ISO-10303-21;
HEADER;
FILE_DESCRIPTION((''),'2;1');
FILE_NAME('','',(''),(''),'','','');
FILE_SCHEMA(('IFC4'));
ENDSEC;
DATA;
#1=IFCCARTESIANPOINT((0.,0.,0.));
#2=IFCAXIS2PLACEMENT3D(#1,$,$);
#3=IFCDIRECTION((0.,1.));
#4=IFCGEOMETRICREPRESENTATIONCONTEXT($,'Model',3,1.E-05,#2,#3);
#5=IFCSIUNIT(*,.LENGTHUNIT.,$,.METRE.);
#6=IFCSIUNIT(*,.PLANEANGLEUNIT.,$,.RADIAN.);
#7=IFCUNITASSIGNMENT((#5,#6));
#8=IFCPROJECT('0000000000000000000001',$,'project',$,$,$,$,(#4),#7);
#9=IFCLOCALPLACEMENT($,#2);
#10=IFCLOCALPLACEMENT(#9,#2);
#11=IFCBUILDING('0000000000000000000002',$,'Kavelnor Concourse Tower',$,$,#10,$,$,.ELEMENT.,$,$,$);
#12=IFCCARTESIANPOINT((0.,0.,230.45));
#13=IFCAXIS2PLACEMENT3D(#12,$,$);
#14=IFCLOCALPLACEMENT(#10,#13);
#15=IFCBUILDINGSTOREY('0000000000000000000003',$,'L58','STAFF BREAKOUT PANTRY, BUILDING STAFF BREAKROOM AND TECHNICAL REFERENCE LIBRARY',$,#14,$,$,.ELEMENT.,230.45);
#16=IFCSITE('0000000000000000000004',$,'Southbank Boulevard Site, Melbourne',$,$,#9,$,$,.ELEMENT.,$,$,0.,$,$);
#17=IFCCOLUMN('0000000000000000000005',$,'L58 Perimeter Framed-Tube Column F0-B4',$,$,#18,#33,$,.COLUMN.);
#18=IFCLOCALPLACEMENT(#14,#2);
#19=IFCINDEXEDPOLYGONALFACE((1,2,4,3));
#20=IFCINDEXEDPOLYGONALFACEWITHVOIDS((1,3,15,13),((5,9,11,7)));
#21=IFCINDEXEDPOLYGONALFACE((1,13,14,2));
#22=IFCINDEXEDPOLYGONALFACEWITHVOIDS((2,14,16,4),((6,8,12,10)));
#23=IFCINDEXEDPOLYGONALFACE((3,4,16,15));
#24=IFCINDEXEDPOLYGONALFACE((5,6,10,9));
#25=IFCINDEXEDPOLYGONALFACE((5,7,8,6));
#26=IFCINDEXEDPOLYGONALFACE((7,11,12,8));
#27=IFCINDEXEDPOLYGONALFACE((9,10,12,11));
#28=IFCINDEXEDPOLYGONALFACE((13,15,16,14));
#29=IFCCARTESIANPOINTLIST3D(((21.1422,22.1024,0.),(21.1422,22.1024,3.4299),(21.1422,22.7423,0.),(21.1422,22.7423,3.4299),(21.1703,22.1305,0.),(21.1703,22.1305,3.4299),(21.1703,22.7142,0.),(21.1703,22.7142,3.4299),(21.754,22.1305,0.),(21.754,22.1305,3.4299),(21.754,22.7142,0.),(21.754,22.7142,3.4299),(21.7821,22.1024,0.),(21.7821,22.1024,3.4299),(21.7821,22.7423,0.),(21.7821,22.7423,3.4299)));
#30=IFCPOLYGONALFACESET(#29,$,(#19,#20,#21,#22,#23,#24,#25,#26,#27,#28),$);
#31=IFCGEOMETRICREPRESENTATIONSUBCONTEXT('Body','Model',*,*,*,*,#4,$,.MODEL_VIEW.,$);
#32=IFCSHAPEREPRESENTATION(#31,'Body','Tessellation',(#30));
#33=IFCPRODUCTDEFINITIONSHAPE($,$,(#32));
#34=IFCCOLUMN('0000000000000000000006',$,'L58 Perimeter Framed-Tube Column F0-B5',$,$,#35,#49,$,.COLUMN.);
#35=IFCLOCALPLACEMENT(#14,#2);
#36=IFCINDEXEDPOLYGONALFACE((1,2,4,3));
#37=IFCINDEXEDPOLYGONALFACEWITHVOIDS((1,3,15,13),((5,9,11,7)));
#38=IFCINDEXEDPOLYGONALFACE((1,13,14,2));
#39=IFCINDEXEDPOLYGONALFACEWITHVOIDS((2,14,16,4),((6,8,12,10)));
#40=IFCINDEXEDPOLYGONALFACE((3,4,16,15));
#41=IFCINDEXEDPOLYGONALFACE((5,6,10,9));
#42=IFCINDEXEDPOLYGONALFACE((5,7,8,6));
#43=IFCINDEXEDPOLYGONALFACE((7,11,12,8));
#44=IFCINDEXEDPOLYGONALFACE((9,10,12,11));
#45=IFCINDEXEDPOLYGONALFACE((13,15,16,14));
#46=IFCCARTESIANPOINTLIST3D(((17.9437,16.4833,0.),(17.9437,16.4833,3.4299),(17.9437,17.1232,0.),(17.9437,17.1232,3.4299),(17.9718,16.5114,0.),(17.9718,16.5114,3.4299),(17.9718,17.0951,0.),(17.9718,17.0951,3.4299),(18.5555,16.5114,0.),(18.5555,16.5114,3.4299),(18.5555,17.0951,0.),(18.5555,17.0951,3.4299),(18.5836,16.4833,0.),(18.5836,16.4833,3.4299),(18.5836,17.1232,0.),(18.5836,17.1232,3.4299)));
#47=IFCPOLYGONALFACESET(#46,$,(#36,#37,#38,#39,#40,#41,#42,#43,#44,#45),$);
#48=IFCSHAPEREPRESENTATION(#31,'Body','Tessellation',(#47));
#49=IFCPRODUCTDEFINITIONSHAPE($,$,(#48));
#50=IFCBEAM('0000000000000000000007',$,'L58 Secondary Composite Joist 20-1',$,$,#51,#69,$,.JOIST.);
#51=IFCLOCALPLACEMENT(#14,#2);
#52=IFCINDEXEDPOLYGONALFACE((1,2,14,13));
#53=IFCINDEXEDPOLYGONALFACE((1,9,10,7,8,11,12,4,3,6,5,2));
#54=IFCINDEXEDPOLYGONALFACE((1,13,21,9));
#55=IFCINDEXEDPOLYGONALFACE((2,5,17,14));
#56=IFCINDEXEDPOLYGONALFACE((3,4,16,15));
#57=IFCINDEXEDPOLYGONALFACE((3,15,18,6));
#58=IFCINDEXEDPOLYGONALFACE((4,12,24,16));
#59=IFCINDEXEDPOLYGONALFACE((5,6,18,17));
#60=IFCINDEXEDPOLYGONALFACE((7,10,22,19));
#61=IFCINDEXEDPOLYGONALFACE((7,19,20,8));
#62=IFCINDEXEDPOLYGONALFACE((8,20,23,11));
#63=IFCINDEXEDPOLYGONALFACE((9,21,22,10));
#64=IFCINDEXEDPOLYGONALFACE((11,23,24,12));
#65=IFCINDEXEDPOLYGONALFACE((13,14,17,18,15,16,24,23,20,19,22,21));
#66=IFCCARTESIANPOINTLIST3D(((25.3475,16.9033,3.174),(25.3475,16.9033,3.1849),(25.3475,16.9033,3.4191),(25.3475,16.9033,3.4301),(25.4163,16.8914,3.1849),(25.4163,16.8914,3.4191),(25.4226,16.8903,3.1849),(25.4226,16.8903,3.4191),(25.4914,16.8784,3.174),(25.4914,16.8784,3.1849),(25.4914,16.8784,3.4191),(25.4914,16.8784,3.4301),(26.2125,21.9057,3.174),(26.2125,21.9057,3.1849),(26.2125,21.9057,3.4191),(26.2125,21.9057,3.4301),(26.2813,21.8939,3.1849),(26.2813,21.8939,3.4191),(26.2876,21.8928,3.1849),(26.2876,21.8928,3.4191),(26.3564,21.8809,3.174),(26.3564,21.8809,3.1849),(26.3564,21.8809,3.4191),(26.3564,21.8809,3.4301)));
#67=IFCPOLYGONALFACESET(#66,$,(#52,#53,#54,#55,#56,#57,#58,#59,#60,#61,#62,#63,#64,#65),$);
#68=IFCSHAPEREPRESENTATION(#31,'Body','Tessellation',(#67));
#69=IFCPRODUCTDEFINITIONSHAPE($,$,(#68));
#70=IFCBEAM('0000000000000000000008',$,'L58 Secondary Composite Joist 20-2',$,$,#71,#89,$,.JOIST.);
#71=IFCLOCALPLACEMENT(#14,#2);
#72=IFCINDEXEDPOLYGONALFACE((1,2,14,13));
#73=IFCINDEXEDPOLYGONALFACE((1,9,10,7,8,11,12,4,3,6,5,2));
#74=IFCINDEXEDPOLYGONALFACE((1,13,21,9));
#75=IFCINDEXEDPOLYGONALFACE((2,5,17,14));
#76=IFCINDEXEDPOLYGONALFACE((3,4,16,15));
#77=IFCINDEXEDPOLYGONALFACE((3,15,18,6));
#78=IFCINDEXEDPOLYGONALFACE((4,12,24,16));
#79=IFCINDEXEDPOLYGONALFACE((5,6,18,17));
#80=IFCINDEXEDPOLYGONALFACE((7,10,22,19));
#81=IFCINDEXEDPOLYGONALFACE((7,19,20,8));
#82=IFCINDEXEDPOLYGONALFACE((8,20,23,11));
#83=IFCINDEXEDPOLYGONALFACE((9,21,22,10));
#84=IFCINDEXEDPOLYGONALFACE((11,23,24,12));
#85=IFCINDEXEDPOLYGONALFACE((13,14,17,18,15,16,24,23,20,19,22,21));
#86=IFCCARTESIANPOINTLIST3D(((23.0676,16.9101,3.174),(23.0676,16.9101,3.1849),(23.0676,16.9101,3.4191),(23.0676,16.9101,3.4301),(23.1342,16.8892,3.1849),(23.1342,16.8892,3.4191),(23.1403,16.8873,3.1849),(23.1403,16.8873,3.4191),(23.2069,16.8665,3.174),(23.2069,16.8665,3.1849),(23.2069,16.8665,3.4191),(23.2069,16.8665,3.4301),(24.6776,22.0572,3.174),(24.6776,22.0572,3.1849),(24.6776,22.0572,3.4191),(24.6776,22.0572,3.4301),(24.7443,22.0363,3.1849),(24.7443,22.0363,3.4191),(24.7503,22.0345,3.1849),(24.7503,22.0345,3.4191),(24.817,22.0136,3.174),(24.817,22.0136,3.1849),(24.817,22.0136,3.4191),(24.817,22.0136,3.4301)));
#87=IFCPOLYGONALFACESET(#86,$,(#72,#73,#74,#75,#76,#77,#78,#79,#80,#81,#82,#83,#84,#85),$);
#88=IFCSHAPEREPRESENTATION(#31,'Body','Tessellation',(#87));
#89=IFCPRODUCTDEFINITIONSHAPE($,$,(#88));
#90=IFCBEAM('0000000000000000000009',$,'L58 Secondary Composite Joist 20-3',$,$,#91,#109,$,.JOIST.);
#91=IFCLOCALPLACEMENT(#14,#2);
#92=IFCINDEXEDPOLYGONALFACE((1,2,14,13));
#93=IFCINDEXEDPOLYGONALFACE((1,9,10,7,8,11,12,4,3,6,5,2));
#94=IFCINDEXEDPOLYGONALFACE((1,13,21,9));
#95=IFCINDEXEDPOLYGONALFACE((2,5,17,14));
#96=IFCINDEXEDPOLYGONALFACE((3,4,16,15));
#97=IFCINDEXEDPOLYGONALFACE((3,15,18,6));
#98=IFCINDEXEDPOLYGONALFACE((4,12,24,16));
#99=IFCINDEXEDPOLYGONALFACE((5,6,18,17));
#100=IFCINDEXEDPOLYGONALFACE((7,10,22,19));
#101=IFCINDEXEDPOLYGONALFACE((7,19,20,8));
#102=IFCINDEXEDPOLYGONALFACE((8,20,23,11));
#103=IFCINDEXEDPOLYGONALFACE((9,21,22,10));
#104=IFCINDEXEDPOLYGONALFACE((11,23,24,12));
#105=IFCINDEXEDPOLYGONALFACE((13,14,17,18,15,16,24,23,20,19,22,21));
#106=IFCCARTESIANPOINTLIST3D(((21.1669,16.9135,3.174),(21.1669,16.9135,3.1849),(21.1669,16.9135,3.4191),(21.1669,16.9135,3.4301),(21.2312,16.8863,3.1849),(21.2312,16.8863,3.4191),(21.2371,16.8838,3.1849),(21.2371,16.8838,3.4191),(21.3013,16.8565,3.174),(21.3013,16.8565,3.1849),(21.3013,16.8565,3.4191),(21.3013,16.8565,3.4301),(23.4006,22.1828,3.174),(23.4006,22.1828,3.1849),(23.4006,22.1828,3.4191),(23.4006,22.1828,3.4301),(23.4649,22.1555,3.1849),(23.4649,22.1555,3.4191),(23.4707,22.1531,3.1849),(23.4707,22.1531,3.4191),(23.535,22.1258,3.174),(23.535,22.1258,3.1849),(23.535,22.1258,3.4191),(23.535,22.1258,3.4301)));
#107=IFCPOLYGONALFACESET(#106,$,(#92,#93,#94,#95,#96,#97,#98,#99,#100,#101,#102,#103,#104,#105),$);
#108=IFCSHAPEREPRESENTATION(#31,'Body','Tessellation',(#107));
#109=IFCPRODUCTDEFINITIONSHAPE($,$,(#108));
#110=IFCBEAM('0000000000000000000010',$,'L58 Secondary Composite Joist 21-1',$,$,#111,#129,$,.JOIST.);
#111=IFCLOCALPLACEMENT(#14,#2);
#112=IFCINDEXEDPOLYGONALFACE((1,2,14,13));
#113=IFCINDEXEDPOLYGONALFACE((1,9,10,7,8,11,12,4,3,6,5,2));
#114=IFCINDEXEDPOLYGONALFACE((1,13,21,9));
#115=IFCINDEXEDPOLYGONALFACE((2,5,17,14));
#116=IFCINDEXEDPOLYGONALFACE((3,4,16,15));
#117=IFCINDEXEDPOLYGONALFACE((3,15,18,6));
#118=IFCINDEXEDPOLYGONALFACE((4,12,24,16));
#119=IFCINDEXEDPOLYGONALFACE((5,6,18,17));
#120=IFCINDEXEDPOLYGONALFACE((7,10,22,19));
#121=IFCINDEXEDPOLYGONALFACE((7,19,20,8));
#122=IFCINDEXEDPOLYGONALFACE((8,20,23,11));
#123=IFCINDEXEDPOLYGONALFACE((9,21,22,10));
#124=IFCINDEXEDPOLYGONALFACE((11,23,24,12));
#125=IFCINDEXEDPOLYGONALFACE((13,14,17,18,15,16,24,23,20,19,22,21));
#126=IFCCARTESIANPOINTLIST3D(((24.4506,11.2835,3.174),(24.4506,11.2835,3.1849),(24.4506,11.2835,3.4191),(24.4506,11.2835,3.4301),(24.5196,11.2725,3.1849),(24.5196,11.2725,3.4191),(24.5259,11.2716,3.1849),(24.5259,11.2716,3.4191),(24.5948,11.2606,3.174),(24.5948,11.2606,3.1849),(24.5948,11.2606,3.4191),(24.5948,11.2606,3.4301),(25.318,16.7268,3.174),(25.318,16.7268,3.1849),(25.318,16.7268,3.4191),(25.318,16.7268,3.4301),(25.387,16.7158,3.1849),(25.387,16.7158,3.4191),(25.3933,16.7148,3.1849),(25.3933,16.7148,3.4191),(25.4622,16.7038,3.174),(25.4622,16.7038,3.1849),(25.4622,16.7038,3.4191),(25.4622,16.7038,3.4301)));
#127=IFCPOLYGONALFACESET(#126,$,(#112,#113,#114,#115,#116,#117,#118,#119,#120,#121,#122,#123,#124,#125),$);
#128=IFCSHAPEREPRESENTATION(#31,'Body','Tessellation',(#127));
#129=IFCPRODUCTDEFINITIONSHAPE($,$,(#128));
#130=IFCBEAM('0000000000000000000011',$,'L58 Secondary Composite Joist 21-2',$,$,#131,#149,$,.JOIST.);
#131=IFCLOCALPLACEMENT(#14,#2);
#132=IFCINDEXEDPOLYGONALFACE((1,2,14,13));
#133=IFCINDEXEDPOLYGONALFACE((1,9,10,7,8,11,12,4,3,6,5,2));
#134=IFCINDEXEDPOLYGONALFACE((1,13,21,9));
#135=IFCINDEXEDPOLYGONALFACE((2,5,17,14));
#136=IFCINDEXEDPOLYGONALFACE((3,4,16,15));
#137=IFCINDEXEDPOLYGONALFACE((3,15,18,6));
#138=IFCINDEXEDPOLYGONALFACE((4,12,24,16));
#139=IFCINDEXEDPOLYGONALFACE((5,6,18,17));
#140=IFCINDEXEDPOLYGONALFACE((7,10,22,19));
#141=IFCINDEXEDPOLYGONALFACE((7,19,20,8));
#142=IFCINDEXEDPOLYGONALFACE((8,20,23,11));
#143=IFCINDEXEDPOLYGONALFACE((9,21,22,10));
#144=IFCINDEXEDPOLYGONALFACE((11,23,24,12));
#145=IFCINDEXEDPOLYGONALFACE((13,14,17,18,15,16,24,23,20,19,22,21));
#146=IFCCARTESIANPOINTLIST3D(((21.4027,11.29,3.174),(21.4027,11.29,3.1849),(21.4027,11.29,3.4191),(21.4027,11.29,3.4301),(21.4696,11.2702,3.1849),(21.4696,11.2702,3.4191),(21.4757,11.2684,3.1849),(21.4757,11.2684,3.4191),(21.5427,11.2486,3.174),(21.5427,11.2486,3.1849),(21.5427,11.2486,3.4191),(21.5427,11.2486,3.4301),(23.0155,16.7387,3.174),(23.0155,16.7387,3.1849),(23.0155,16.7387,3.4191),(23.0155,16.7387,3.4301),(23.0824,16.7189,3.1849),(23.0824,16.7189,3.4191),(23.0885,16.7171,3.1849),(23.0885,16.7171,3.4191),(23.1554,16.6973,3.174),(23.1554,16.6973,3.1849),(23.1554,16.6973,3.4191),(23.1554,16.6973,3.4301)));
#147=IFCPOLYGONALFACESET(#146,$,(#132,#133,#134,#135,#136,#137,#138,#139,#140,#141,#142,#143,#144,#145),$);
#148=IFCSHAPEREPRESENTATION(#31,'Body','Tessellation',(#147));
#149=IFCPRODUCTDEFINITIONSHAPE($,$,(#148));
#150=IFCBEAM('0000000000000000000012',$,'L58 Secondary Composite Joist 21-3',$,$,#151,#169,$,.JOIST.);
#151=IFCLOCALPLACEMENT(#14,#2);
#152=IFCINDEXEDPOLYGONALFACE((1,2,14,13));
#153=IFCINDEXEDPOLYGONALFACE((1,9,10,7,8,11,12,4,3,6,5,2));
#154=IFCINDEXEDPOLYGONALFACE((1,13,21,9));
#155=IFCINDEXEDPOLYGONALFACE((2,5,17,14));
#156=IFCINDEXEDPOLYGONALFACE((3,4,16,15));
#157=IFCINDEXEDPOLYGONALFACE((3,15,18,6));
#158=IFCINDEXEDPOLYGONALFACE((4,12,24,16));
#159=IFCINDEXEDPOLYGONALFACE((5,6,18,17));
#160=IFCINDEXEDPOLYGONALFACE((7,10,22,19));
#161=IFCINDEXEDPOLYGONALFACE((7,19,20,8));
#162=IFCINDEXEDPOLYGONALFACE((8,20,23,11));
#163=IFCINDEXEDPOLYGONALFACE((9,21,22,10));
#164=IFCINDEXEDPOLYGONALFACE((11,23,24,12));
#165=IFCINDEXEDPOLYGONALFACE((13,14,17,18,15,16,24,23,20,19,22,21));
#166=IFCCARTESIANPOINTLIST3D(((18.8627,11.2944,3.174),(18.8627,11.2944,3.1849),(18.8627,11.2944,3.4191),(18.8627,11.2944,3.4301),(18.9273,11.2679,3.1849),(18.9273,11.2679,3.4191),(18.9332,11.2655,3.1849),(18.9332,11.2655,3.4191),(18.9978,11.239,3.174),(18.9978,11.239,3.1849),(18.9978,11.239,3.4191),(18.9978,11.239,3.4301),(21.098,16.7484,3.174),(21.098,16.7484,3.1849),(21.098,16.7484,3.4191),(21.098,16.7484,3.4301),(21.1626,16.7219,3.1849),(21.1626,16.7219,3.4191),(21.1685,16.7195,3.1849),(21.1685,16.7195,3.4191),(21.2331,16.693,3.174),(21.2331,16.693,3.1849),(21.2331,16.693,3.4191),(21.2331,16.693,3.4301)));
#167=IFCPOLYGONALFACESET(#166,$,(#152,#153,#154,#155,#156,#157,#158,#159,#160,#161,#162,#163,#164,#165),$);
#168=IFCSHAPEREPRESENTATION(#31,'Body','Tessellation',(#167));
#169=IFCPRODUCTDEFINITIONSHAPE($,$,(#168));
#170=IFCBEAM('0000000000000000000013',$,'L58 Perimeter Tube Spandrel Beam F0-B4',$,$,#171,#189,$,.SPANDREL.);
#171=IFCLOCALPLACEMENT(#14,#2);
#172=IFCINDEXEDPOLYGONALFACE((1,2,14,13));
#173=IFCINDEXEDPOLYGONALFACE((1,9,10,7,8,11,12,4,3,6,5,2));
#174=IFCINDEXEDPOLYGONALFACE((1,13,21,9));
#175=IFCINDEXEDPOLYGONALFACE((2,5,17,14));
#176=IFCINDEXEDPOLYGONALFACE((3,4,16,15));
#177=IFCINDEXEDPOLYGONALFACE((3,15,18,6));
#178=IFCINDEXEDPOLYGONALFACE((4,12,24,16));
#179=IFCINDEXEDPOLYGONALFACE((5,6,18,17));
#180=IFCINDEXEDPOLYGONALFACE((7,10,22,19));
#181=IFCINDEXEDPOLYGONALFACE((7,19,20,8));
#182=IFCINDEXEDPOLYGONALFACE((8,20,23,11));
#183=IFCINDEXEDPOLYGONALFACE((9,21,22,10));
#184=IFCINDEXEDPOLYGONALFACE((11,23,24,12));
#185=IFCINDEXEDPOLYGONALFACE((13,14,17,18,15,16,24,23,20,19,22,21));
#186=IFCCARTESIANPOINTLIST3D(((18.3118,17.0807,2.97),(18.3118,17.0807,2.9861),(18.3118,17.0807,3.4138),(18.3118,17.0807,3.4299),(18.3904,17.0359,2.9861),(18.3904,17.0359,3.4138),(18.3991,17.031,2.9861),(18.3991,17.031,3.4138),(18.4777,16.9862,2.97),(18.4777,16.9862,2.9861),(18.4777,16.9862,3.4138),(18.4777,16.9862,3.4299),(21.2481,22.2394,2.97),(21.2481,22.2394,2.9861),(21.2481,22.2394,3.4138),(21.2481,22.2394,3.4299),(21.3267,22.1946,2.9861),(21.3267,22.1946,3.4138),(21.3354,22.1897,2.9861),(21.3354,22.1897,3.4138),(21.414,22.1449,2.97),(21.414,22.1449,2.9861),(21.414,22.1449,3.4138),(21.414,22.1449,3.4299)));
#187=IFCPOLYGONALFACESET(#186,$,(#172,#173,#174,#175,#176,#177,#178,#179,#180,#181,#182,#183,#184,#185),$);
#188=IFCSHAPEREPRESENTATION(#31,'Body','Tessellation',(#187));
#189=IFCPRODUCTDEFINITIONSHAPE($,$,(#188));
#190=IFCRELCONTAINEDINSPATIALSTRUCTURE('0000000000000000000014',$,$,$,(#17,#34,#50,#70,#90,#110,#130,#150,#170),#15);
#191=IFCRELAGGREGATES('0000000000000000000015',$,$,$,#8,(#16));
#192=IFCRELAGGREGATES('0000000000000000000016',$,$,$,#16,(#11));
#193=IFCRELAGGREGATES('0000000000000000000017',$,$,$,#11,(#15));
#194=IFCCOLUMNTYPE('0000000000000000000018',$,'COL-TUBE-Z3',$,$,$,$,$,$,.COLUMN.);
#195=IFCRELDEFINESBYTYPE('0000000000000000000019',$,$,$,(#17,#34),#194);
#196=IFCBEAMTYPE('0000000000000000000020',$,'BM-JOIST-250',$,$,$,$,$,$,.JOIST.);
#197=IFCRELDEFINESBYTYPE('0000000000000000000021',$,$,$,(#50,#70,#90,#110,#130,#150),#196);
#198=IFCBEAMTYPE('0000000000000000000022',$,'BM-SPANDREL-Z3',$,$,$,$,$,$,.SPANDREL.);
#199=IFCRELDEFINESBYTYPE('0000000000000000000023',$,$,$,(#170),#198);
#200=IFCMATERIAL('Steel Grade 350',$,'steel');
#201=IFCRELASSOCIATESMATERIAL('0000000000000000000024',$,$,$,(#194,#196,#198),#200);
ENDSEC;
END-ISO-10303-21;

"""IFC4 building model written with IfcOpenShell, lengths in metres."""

from ifc_helpers import new_model, si_unit, direction, frame, origin, origin_2d, place, context, subcontext, project, spatial, hollow_rectangle, i_section, extrude, material, material_profile, profile_set, type_object, element, save


model = new_model("IFC4")

# Units and contexts
model_context = context("Model", 3, precision=1e-05, world=origin(), true_north=direction((0.0, 1.0)))
body_context = subcontext(model_context, "Body", "Model", "MODEL_VIEW")
ifc_project = project(units=[si_unit("LENGTHUNIT", "METRE"), si_unit("PLANEANGLEUNIT", "RADIAN")], contexts=[model_context])

# Site, building, storey
site_placement = place(None, origin())
site = spatial("IfcSite", under=ifc_project, at=site_placement, Name="Southbank Boulevard Site, Melbourne", CompositionType="ELEMENT", RefElevation=0.0)
building_placement = place(site_placement, origin())
building = spatial("IfcBuilding", under=site, at=building_placement, Name="Kavelnor Concourse Tower", CompositionType="ELEMENT")
storey_placement = place(building_placement, frame((0.0, 0.0, 230.45)))
storey = spatial("IfcBuildingStorey", under=building, at=storey_placement, Name="L58", Description="STAFF BREAKOUT PANTRY, BUILDING STAFF BREAKROOM AND TECHNICAL REFERENCE LIBRARY", CompositionType="ELEMENT", Elevation=230.45)

# Columns
ifc_material_1 = material(Name="Steel Grade 350", Category="steel")
ifc_material_profile_1 = material_profile(ifc_material_1, hollow_rectangle(XDim=0.6399, YDim=0.6399, WallThickness=0.0281, at=origin_2d()), Name="SHS 640x640x28")
ifc_profile_set_1 = profile_set([ifc_material_profile_1], Name="Steel Grade 350")
column_type = type_object("IfcColumnType", Name="COL-TUBE-Z3", PredefinedType="COLUMN", material=ifc_profile_set_1)
for number, where, z_axis, x_axis, name in (
    (1, (21.4622, 22.4224, 0.0), (0.0, 0.0, 1.0), (1.0, 0.0, 0.0), "L58 Perimeter Framed-Tube Column F0-B4"),
    (2, (18.2637, 16.8032, 0.0), (0.0, 0.0, 1.0), (1.0, 0.0, 0.0), "L58 Perimeter Framed-Tube Column F0-B5"),
):
    element("IfcColumn", number, at=place(storey_placement, frame(where, z_axis=z_axis, x_axis=x_axis)), inside=storey, type_object=column_type, Name=name, PredefinedType="COLUMN", context=body_context, shape_type="SweptSolid", body=[
        extrude(hollow_rectangle(XDim=0.6399, YDim=0.6399, WallThickness=0.0281, at=origin_2d()), origin(), (0.0, 0.0, 1.0), 3.4299),
    ])

# Beams
ifc_material_profile_2 = material_profile(ifc_material_1, i_section(OverallWidth=0.146, OverallDepth=0.2561, WebThickness=0.0063, FlangeThickness=0.011, at=origin_2d()), Name="250UB37")
ifc_profile_set_2 = profile_set([ifc_material_profile_2], Name="Steel Grade 350")
beam_type_1 = type_object("IfcBeamType", Name="BM-JOIST-250", PredefinedType="JOIST", material=ifc_profile_set_2)
beam_1_placement = place(storey_placement, frame((26.2844, 21.8933, 3.302), z_axis=(-0.170385, -0.985378, 0.0), x_axis=(0.985378, -0.170385, 0.0)))
element("IfcBeam", 3, at=beam_1_placement, inside=storey, type_object=beam_type_1, Name="L58 Secondary Composite Joist 20-1", PredefinedType="JOIST", context=body_context, shape_type="SweptSolid", body=[
    extrude(i_section(OverallWidth=0.146, OverallDepth=0.2561, WebThickness=0.0063, FlangeThickness=0.011, at=origin_2d()), origin(), (0.0, 0.0, 1.0), 5.0767),
])
beam_2_placement = place(storey_placement, frame((24.7473, 22.0354, 3.302), z_axis=(-0.298546, -0.954395, 0.0), x_axis=(0.954395, -0.298546, 0.0)))
element("IfcBeam", 4, at=beam_2_placement, inside=storey, type_object=beam_type_1, Name="L58 Secondary Composite Joist 20-2", PredefinedType="JOIST", context=body_context, shape_type="SweptSolid", body=[
    extrude(i_section(OverallWidth=0.146, OverallDepth=0.2561, WebThickness=0.0063, FlangeThickness=0.011, at=origin_2d()), origin(), (0.0, 0.0, 1.0), 5.3931),
])
beam_3_placement = place(storey_placement, frame((23.4678, 22.1543, 3.302), z_axis=(-0.390281, -0.920696, 0.0), x_axis=(0.920696, -0.390281, 0.0)))
element("IfcBeam", 5, at=beam_3_placement, inside=storey, type_object=beam_type_1, Name="L58 Secondary Composite Joist 20-3", PredefinedType="JOIST", context=body_context, shape_type="SweptSolid", body=[
    extrude(i_section(OverallWidth=0.146, OverallDepth=0.2561, WebThickness=0.0063, FlangeThickness=0.011, at=origin_2d()), origin(), (0.0, 0.0, 1.0), 5.7231),
])
beam_4_placement = place(storey_placement, frame((25.3901, 16.7153, 3.302), z_axis=(-0.15737, -0.98754, 0.0), x_axis=(0.98754, -0.15737, 0.0)))
element("IfcBeam", 6, at=beam_4_placement, inside=storey, type_object=beam_type_1, Name="L58 Secondary Composite Joist 21-1", PredefinedType="JOIST", context=body_context, shape_type="SweptSolid", body=[
    extrude(i_section(OverallWidth=0.146, OverallDepth=0.2561, WebThickness=0.0063, FlangeThickness=0.011, at=origin_2d()), origin(), (0.0, 0.0, 1.0), 5.512),
])
beam_5_placement = place(storey_placement, frame((23.0854, 16.718, 3.302), z_axis=(-0.283822, -0.958877, 0.0), x_axis=(0.958877, -0.283822, 0.0)))
element("IfcBeam", 7, at=beam_5_placement, inside=storey, type_object=beam_type_1, Name="L58 Secondary Composite Joist 21-2", PredefinedType="JOIST", context=body_context, shape_type="SweptSolid", body=[
    extrude(i_section(OverallWidth=0.146, OverallDepth=0.2561, WebThickness=0.0063, FlangeThickness=0.011, at=origin_2d()), origin(), (0.0, 0.0, 1.0), 5.6824),
])
beam_6_placement = place(storey_placement, frame((21.1655, 16.7207, 3.302), z_axis=(-0.379233, -0.925301, 0.0), x_axis=(0.925301, -0.379233, 0.0)))
element("IfcBeam", 8, at=beam_6_placement, inside=storey, type_object=beam_type_1, Name="L58 Secondary Composite Joist 21-3", PredefinedType="JOIST", context=body_context, shape_type="SweptSolid", body=[
    extrude(i_section(OverallWidth=0.146, OverallDepth=0.2561, WebThickness=0.0063, FlangeThickness=0.011, at=origin_2d()), origin(), (0.0, 0.0, 1.0), 5.8943),
])
ifc_material_profile_3 = material_profile(ifc_material_1, i_section(OverallWidth=0.1909, OverallDepth=0.46, WebThickness=0.01, FlangeThickness=0.0161, at=origin_2d()), Name="460UB82")
ifc_profile_set_3 = profile_set([ifc_material_profile_3], Name="Steel Grade 350")
beam_type_2 = type_object("IfcBeamType", Name="BM-SPANDREL-Z3", PredefinedType="SPANDREL", material=ifc_profile_set_3)
beam_7_placement = place(storey_placement, frame((21.3311, 22.1921, 3.2), z_axis=(-0.494672, -0.86908, 0.0), x_axis=(0.86908, -0.494672, 0.0)))
element("IfcBeam", 9, at=beam_7_placement, inside=storey, type_object=beam_type_2, Name="L58 Perimeter Tube Spandrel Beam F0-B4", PredefinedType="SPANDREL", context=body_context, shape_type="SweptSolid", body=[
    extrude(i_section(OverallWidth=0.1909, OverallDepth=0.46, WebThickness=0.01, FlangeThickness=0.0161, at=origin_2d()), origin(), (0.0, 0.0, 1.0), 5.9358),
])

save(model, "model.ifc")
